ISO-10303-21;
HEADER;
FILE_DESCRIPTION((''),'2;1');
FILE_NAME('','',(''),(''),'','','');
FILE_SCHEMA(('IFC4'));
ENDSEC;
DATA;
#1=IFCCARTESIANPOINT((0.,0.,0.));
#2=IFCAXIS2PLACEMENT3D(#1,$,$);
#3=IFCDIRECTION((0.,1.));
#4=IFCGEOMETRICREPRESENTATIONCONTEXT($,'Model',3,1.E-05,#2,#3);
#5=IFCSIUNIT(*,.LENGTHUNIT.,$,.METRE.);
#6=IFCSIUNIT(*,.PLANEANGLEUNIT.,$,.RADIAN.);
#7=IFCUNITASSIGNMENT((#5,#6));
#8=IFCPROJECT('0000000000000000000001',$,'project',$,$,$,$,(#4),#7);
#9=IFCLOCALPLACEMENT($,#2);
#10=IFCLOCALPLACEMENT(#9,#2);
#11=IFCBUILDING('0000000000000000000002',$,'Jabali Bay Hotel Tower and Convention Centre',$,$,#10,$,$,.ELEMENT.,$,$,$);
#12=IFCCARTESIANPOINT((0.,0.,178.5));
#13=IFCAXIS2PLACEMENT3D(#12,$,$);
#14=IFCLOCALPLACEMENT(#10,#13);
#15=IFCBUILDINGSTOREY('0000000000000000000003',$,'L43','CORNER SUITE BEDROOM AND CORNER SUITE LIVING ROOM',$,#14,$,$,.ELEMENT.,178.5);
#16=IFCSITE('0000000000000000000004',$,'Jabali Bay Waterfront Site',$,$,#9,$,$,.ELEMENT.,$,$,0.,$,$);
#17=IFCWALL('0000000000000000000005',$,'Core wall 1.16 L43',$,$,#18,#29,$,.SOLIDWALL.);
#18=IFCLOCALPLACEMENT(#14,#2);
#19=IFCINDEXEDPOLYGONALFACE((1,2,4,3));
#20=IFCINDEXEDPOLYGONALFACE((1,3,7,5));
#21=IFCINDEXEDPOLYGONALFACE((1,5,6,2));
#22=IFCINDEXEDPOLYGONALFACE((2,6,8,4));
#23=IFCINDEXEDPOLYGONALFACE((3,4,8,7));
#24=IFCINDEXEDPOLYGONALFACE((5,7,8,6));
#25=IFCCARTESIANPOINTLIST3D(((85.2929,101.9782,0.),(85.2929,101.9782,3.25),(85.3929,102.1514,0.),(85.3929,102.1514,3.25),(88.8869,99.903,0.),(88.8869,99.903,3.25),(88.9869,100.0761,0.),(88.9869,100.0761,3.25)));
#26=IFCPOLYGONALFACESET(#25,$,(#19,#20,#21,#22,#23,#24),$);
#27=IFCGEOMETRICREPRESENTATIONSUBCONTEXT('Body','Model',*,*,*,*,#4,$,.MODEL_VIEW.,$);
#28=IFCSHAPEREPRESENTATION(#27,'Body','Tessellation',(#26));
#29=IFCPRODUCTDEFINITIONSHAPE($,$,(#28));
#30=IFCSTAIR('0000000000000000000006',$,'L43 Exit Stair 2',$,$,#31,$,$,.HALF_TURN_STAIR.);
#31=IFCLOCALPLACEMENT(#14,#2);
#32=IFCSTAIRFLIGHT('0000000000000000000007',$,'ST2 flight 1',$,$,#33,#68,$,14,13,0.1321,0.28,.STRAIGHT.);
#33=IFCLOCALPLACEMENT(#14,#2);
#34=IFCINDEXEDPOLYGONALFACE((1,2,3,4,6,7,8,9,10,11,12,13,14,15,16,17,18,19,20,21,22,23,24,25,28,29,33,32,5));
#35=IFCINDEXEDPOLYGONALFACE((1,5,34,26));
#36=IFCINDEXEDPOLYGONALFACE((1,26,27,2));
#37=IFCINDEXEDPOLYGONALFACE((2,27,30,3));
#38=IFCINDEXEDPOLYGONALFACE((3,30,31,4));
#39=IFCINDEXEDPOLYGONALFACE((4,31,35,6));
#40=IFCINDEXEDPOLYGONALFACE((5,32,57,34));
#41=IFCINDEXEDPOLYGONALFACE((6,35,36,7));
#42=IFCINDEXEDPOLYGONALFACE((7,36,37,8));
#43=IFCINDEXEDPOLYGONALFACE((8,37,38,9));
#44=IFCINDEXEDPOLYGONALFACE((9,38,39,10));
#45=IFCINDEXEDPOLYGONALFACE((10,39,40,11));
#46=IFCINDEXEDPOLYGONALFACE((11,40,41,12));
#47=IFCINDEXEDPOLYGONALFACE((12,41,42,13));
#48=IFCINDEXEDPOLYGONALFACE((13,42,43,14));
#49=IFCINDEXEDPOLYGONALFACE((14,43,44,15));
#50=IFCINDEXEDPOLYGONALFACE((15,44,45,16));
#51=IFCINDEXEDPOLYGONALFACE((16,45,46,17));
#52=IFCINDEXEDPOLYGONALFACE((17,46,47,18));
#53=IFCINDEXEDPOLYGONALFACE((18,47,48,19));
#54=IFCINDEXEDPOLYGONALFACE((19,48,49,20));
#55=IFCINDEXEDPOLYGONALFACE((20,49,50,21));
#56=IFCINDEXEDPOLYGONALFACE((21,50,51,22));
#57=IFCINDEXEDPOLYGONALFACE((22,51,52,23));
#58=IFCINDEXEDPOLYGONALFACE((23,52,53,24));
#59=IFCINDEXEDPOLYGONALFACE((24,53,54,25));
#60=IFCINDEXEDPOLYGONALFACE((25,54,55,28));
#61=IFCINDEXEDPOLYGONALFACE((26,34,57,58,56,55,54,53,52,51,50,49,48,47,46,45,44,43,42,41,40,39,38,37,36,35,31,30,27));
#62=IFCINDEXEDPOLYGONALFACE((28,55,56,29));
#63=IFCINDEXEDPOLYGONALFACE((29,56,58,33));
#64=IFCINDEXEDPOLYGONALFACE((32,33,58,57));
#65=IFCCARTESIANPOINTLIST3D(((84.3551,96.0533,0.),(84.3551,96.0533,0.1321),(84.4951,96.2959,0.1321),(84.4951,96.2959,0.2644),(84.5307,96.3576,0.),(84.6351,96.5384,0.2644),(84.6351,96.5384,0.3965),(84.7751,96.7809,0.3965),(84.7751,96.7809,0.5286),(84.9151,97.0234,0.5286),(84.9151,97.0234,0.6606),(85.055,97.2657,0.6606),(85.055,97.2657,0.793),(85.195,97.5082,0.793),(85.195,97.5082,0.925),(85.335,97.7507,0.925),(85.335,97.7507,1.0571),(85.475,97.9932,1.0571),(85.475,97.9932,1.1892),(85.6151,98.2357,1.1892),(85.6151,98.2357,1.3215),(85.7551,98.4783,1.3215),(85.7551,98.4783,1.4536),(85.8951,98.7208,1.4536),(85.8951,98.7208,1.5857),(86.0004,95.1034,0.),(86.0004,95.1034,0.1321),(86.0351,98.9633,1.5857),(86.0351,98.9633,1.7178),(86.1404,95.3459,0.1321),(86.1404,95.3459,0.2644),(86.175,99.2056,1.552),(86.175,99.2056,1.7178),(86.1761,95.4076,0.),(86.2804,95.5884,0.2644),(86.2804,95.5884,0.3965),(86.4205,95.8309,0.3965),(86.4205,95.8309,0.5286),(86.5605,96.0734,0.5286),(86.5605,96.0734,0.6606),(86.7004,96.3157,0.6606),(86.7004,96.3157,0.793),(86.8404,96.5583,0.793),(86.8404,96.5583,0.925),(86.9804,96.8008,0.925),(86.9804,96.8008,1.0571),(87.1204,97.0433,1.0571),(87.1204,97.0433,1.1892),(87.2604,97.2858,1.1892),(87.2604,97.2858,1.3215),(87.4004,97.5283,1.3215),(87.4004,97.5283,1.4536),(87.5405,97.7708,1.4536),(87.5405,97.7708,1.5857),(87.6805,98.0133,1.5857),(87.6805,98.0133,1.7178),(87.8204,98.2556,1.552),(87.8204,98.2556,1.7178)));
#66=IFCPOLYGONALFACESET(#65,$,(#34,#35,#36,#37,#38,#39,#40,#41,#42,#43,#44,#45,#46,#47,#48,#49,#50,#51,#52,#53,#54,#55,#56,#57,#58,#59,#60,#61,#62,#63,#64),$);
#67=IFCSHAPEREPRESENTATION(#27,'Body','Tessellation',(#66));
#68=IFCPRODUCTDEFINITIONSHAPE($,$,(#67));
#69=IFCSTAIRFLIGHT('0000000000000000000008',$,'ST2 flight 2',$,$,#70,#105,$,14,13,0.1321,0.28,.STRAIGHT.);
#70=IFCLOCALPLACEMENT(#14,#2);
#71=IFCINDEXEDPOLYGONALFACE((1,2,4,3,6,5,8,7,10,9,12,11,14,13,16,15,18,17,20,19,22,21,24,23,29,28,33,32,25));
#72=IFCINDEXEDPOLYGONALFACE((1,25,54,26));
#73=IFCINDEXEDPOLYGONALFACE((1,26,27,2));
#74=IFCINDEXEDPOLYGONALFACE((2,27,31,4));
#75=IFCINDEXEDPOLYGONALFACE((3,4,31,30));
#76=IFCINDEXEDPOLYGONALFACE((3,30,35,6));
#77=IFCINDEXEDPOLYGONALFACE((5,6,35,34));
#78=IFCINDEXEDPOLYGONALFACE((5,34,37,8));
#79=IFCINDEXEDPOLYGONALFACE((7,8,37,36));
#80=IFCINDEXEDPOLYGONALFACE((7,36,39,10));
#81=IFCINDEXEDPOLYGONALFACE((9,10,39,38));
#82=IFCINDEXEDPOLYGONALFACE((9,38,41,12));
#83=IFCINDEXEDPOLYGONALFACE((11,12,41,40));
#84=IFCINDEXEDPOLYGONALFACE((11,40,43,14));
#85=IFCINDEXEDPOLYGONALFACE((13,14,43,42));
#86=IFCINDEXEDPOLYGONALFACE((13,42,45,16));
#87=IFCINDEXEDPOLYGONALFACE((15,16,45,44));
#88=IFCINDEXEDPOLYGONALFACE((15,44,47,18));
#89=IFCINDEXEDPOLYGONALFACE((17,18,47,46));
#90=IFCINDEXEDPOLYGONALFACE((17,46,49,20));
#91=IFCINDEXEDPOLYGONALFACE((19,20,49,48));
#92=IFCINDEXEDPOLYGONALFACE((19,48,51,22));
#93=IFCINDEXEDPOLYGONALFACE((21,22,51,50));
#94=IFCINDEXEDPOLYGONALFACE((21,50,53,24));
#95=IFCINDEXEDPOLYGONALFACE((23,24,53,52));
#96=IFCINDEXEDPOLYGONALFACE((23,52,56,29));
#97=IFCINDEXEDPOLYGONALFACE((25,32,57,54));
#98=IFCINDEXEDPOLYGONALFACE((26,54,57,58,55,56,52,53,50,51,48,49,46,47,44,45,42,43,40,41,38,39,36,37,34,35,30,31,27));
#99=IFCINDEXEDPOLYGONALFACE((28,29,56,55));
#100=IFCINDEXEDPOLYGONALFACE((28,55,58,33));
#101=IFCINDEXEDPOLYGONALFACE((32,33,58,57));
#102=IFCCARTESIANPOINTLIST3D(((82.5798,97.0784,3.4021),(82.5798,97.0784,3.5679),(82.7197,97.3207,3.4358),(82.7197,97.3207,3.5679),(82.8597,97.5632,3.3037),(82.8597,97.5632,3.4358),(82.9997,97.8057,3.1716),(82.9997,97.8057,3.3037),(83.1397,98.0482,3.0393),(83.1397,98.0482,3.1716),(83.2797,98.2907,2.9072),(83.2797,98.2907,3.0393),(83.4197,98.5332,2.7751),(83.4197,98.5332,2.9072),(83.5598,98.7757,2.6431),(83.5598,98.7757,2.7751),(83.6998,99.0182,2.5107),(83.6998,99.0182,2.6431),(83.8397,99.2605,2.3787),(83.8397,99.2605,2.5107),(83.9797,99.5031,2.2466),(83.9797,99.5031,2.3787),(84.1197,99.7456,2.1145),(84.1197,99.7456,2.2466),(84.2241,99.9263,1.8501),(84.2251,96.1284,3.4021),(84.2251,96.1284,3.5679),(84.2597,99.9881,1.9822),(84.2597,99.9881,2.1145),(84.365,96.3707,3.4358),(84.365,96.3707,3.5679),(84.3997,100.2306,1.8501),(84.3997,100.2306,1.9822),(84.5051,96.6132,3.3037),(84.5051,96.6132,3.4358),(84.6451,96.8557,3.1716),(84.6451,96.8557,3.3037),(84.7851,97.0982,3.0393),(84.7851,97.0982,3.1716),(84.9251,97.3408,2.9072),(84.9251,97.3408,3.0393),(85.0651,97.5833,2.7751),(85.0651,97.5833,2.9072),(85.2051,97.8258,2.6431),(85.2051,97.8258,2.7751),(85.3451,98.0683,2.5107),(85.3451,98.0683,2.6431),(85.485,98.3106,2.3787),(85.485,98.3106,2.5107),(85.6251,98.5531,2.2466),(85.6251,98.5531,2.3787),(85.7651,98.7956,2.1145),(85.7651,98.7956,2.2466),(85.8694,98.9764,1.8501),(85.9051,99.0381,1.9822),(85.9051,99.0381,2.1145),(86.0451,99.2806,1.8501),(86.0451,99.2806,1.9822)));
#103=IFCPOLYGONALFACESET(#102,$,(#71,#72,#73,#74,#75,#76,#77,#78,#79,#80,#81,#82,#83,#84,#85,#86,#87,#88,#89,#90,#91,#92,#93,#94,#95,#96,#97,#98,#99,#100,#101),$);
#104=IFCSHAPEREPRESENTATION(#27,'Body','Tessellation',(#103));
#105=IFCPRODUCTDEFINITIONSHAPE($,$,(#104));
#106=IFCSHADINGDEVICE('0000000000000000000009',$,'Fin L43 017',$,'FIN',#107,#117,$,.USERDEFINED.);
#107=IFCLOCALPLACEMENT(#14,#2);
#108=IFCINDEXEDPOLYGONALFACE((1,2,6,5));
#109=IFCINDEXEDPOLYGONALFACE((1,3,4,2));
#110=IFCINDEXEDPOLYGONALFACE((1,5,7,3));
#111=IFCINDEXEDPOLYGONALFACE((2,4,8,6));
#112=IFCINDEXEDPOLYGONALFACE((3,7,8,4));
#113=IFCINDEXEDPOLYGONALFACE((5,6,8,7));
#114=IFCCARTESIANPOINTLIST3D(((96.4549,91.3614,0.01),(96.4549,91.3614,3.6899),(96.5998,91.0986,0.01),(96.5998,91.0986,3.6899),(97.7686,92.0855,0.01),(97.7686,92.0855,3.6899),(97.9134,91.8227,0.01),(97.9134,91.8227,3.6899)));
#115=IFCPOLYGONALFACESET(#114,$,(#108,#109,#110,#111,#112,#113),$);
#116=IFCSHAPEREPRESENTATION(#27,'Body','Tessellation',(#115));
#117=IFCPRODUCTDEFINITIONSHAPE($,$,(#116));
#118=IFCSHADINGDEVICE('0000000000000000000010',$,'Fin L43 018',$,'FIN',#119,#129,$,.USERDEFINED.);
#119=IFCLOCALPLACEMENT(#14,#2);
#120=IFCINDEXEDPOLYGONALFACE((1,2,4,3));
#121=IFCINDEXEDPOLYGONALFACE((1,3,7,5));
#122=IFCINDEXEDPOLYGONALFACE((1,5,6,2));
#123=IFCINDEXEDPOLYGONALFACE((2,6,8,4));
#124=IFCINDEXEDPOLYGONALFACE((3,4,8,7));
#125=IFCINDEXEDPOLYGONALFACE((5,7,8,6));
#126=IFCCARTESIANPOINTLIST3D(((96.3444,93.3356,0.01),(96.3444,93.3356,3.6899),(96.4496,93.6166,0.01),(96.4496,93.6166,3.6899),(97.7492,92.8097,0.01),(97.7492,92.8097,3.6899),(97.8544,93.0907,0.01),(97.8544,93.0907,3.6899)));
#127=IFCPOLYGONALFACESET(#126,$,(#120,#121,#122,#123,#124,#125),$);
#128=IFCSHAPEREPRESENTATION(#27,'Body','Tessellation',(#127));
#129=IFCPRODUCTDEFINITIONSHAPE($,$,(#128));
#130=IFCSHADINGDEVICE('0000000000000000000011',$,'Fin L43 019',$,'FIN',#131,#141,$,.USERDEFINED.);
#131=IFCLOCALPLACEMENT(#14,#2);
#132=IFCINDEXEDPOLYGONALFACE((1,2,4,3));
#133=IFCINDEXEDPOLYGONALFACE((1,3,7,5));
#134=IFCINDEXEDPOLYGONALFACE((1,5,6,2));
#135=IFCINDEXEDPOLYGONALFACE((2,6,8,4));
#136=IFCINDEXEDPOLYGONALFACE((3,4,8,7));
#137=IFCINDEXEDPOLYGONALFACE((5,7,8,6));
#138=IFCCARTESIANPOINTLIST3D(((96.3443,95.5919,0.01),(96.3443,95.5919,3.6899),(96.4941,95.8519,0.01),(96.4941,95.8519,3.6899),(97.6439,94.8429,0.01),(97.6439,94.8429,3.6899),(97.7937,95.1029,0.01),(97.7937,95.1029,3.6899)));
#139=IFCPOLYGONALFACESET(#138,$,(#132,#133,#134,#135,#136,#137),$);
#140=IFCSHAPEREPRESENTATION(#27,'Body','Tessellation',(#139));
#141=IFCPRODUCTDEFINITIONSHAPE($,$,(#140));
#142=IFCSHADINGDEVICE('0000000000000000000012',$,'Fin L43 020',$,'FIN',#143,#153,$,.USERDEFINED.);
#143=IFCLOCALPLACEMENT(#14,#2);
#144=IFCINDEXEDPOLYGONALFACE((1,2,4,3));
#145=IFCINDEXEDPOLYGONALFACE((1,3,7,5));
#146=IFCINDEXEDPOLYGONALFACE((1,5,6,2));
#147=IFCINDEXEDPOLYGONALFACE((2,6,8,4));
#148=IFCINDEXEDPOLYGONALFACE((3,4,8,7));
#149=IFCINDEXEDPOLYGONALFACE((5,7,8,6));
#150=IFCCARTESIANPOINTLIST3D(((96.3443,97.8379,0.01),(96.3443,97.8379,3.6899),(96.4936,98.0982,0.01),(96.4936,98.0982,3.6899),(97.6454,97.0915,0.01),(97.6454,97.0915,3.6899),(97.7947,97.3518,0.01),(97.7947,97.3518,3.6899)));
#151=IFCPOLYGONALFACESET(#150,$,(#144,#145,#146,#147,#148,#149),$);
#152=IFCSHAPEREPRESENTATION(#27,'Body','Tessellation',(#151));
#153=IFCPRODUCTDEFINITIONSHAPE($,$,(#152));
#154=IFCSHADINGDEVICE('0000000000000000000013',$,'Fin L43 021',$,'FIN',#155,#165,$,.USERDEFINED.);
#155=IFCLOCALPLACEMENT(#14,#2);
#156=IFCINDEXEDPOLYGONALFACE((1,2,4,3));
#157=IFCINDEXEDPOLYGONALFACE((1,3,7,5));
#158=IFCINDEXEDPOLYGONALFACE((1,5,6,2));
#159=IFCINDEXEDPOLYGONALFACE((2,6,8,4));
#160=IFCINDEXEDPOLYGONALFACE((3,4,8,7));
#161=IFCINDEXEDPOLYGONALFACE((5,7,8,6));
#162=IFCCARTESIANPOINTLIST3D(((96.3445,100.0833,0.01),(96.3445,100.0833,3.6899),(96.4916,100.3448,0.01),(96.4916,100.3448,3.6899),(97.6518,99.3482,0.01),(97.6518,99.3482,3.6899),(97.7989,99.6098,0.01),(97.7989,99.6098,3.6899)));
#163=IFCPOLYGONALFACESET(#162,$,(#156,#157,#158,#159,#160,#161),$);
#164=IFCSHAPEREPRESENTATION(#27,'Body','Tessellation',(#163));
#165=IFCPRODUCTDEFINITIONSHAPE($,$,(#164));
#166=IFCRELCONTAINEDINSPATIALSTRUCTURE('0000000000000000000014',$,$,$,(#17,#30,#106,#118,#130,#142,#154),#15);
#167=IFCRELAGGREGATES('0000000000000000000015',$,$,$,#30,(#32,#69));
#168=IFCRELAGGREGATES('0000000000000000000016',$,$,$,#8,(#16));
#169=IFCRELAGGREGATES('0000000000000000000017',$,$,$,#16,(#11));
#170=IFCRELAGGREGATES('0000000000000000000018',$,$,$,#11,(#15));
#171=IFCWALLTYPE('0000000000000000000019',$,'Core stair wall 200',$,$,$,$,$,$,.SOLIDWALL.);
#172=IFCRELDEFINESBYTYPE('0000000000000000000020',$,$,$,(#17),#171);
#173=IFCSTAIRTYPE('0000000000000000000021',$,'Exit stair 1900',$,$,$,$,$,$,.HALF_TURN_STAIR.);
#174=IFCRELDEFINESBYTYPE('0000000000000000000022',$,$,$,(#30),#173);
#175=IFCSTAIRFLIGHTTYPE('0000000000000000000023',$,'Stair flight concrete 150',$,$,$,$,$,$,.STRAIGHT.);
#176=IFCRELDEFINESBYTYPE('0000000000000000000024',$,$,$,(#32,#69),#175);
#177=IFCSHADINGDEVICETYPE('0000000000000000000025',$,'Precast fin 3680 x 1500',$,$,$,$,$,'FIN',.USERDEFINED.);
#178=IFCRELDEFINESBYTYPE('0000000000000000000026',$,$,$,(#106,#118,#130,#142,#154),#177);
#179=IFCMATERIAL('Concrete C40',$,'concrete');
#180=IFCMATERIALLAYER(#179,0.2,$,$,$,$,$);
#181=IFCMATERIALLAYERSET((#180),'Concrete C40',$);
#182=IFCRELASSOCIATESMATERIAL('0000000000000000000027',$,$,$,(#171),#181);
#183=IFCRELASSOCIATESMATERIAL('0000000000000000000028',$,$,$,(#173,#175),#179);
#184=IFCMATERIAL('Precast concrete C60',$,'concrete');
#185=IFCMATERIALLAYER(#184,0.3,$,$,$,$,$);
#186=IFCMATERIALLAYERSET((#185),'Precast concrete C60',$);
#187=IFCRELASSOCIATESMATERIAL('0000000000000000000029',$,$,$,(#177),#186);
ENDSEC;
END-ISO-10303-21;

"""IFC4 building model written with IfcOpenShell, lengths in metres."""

from ifc_helpers import new_model, si_unit, direction, frame, frame_2d, origin, place, context, subcontext, project, spatial, polyline, rectangle, outline, extrude, material, layer, layer_set, type_object, element, aggregate, save


model = new_model("IFC4")

# Units and contexts
model_context = context("Model", 3, precision=1e-05, world=origin(), true_north=direction((0.0, 1.0)))
body_context = subcontext(model_context, "Body", "Model", "MODEL_VIEW")
ifc_project = project(units=[si_unit("LENGTHUNIT", "METRE"), si_unit("PLANEANGLEUNIT", "RADIAN")], contexts=[model_context])

# Site, building, storey
site_placement = place(None, origin())
site = spatial("IfcSite", under=ifc_project, at=site_placement, Name="Jabali Bay Waterfront Site", CompositionType="ELEMENT", RefElevation=0.0)
building_placement = place(site_placement, origin())
building = spatial("IfcBuilding", under=site, at=building_placement, Name="Jabali Bay Hotel Tower and Convention Centre", CompositionType="ELEMENT")
storey_placement = place(building_placement, frame((0.0, 0.0, 178.5)))
storey = spatial("IfcBuildingStorey", under=building, at=storey_placement, Name="L43", Description="CORNER SUITE BEDROOM AND CORNER SUITE LIVING ROOM", CompositionType="ELEMENT", Elevation=178.5)

# Shared definitions
ifc_material_1 = material(Name="Concrete C40", Category="concrete")

# Shared definitions
ifc_layer_1 = layer(ifc_material_1, 0.2)
ifc_layer_set_1 = layer_set([ifc_layer_1], Name="Concrete C40")
wall_type_1 = type_object("IfcWallType", Name="Core stair wall 200", PredefinedType="SOLIDWALL", material=ifc_layer_set_1)

# Wall
wall_1_placement = place(storey_placement, frame((88.937, 99.9895, 0.0), z_axis=(0.0, 0.0, 1.0), x_axis=(-0.866004, 0.500036, 0.0)))
element("IfcWall", 1, at=wall_1_placement, inside=storey, type_object=wall_type_1, Name="Core wall 1.16 L43", PredefinedType="SOLIDWALL", context=body_context, shape_type="SweptSolid", body=[
    extrude(rectangle(XDim=4.1501, YDim=0.2, at=frame_2d((2.0752, 0.0))), origin(), (0.0, 0.0, 1.0), 3.25),
])

# Stair, stair flights
stair_type = type_object("IfcStairType", Name="Exit stair 1900", PredefinedType="HALF_TURN_STAIR", material=ifc_material_1)
stair_placement = place(storey_placement, origin())
stair = element("IfcStair", 2, at=stair_placement, inside=storey, type_object=stair_type, Name="L43 Exit Stair 2", PredefinedType="HALF_TURN_STAIR")
stair_flight_type = type_object("IfcStairFlightType", Name="Stair flight concrete 150", PredefinedType="STRAIGHT", material=ifc_material_1)
stair_flight_1_placement = place(storey_placement, frame((85.1777, 95.5784, 0.0), z_axis=(0.0, 0.0, 1.0), x_axis=(0.5, 0.866025, 0.0)))
stair_flight_1 = element("IfcStairFlight", 3, at=stair_flight_1_placement, type_object=stair_flight_type, Name="ST2 flight 1", NumberOfRisers=14, NumberOfTreads=13, PredefinedType="STRAIGHT", RiserHeight=0.1321, TreadLength=0.28, context=body_context, shape_type="SweptSolid", body=[
    extrude(outline(polyline([(0.0, 0.0), (0.0, 0.1321), (0.28, 0.1321), (0.28, 0.2644), (0.5601, 0.2644), (0.5601, 0.3965), (0.8401, 0.3965), (0.8401, 0.5286), (1.1201, 0.5286), (1.1201, 0.6606), (1.3999, 0.6606), (1.3999, 0.793), (1.6799, 0.793), (1.6799, 0.925), (1.96, 0.925), (1.96, 1.0571), (2.24, 1.0571), (2.24, 1.1892), (2.52, 1.1892), (2.52, 1.3215), (2.8, 1.3215), (2.8, 1.4536), (3.0801, 1.4536), (3.0801, 1.5857), (3.3601, 1.5857), (3.3601, 1.7178), (3.6399, 1.7178), (3.6399, 1.8501), (3.6399, 1.552), (0.3513, 0.0), (0.0, 0.0)])), frame((0.0, 0.95, 0.0), z_axis=(0.0, -1.0, 0.0), x_axis=(1.0, 0.0, 0.0)), (0.0, 0.0, 1.0), 1.8999),
])
stair_flight_2_placement = place(storey_placement, frame((85.2224, 99.7556, 1.8501), z_axis=(0.0, 0.0, 1.0), x_axis=(-0.5, -0.866025, 0.0)))
stair_flight_2 = element("IfcStairFlight", 4, at=stair_flight_2_placement, type_object=stair_flight_type, Name="ST2 flight 2", NumberOfRisers=14, NumberOfTreads=13, PredefinedType="STRAIGHT", RiserHeight=0.1321, TreadLength=0.28, context=body_context, shape_type="SweptSolid", body=[
    extrude(outline(polyline([(0.0, 0.0), (0.0, 0.1321), (0.28, 0.1321), (0.28, 0.2644), (0.5601, 0.2644), (0.5601, 0.3965), (0.8401, 0.3965), (0.8401, 0.5286), (1.1201, 0.5286), (1.1201, 0.6606), (1.3999, 0.6606), (1.3999, 0.793), (1.6799, 0.793), (1.6799, 0.925), (1.96, 0.925), (1.96, 1.0571), (2.24, 1.0571), (2.24, 1.1892), (2.52, 1.1892), (2.52, 1.3215), (2.8, 1.3215), (2.8, 1.4536), (3.0801, 1.4536), (3.0801, 1.5857), (3.3601, 1.5857), (3.3601, 1.7178), (3.6399, 1.7178), (3.6399, 1.8501), (3.6399, 1.552), (0.3513, 0.0), (0.0, 0.0)])), frame((0.0, 0.95, 0.0), z_axis=(0.0, -1.0, 0.0), x_axis=(1.0, 0.0, 0.0)), (0.0, 0.0, 1.0), 1.8999),
])
aggregate(stair, [stair_flight_1, stair_flight_2])

# Shading devices
ifc_material_2 = material(Name="Precast concrete C60", Category="concrete")
ifc_layer_2 = layer(ifc_material_2, 0.3)
ifc_layer_set_2 = layer_set([ifc_layer_2], Name="Precast concrete C60")
shading_device_type = type_object("IfcShadingDeviceType", Name="Precast fin 3680 x 1500", ElementType="FIN", PredefinedType="USERDEFINED", material=ifc_layer_set_2)
for number, where, z_axis, x_axis, name in (
    (5, (96.5273, 91.23, 0.01), (0.0, 0.0, 1.0), (0.875772, 0.482724, 0.0), "Fin L43 017"),
    (6, (96.397, 93.4761, 0.01), (0.0, 0.0, 1.0), (0.93653, -0.350588, 0.0), "Fin L43 018"),
    (7, (96.4192, 95.7219, 0.01), (0.0, 0.0, 1.0), (0.866394, -0.499361, 0.0), "Fin L43 019"),
    (8, (96.4189, 97.968, 0.01), (0.0, 0.0, 1.0), (0.867411, -0.497593, 0.0), "Fin L43 020"),
):
    element("IfcShadingDevice", number, at=place(storey_placement, frame(where, z_axis=z_axis, x_axis=x_axis)), inside=storey, type_object=shading_device_type, Name=name, ObjectType="FIN", PredefinedType="USERDEFINED", context=body_context, shape_type="SweptSolid", body=[
        extrude(rectangle(XDim=1.5, YDim=0.3, at=frame_2d((0.75, 0.0))), origin(), (0.0, 0.0, 1.0), 3.6799),
    ])
shading_device_placement = place(storey_placement, frame((96.418, 100.2141, 0.01), z_axis=(0.0, 0.0, 1.0), x_axis=(0.871658, -0.490114, 0.0)))
element("IfcShadingDevice", 9, at=shading_device_placement, inside=storey, type_object=shading_device_type, Name="Fin L43 021", ObjectType="FIN", PredefinedType="USERDEFINED", context=body_context, shape_type="SweptSolid", body=[
    extrude(rectangle(XDim=1.4998, YDim=0.3, at=frame_2d((0.75, 0.0))), origin(), (0.0, 0.0, 1.0), 3.6799),
])

save(model, "model.ifc")
